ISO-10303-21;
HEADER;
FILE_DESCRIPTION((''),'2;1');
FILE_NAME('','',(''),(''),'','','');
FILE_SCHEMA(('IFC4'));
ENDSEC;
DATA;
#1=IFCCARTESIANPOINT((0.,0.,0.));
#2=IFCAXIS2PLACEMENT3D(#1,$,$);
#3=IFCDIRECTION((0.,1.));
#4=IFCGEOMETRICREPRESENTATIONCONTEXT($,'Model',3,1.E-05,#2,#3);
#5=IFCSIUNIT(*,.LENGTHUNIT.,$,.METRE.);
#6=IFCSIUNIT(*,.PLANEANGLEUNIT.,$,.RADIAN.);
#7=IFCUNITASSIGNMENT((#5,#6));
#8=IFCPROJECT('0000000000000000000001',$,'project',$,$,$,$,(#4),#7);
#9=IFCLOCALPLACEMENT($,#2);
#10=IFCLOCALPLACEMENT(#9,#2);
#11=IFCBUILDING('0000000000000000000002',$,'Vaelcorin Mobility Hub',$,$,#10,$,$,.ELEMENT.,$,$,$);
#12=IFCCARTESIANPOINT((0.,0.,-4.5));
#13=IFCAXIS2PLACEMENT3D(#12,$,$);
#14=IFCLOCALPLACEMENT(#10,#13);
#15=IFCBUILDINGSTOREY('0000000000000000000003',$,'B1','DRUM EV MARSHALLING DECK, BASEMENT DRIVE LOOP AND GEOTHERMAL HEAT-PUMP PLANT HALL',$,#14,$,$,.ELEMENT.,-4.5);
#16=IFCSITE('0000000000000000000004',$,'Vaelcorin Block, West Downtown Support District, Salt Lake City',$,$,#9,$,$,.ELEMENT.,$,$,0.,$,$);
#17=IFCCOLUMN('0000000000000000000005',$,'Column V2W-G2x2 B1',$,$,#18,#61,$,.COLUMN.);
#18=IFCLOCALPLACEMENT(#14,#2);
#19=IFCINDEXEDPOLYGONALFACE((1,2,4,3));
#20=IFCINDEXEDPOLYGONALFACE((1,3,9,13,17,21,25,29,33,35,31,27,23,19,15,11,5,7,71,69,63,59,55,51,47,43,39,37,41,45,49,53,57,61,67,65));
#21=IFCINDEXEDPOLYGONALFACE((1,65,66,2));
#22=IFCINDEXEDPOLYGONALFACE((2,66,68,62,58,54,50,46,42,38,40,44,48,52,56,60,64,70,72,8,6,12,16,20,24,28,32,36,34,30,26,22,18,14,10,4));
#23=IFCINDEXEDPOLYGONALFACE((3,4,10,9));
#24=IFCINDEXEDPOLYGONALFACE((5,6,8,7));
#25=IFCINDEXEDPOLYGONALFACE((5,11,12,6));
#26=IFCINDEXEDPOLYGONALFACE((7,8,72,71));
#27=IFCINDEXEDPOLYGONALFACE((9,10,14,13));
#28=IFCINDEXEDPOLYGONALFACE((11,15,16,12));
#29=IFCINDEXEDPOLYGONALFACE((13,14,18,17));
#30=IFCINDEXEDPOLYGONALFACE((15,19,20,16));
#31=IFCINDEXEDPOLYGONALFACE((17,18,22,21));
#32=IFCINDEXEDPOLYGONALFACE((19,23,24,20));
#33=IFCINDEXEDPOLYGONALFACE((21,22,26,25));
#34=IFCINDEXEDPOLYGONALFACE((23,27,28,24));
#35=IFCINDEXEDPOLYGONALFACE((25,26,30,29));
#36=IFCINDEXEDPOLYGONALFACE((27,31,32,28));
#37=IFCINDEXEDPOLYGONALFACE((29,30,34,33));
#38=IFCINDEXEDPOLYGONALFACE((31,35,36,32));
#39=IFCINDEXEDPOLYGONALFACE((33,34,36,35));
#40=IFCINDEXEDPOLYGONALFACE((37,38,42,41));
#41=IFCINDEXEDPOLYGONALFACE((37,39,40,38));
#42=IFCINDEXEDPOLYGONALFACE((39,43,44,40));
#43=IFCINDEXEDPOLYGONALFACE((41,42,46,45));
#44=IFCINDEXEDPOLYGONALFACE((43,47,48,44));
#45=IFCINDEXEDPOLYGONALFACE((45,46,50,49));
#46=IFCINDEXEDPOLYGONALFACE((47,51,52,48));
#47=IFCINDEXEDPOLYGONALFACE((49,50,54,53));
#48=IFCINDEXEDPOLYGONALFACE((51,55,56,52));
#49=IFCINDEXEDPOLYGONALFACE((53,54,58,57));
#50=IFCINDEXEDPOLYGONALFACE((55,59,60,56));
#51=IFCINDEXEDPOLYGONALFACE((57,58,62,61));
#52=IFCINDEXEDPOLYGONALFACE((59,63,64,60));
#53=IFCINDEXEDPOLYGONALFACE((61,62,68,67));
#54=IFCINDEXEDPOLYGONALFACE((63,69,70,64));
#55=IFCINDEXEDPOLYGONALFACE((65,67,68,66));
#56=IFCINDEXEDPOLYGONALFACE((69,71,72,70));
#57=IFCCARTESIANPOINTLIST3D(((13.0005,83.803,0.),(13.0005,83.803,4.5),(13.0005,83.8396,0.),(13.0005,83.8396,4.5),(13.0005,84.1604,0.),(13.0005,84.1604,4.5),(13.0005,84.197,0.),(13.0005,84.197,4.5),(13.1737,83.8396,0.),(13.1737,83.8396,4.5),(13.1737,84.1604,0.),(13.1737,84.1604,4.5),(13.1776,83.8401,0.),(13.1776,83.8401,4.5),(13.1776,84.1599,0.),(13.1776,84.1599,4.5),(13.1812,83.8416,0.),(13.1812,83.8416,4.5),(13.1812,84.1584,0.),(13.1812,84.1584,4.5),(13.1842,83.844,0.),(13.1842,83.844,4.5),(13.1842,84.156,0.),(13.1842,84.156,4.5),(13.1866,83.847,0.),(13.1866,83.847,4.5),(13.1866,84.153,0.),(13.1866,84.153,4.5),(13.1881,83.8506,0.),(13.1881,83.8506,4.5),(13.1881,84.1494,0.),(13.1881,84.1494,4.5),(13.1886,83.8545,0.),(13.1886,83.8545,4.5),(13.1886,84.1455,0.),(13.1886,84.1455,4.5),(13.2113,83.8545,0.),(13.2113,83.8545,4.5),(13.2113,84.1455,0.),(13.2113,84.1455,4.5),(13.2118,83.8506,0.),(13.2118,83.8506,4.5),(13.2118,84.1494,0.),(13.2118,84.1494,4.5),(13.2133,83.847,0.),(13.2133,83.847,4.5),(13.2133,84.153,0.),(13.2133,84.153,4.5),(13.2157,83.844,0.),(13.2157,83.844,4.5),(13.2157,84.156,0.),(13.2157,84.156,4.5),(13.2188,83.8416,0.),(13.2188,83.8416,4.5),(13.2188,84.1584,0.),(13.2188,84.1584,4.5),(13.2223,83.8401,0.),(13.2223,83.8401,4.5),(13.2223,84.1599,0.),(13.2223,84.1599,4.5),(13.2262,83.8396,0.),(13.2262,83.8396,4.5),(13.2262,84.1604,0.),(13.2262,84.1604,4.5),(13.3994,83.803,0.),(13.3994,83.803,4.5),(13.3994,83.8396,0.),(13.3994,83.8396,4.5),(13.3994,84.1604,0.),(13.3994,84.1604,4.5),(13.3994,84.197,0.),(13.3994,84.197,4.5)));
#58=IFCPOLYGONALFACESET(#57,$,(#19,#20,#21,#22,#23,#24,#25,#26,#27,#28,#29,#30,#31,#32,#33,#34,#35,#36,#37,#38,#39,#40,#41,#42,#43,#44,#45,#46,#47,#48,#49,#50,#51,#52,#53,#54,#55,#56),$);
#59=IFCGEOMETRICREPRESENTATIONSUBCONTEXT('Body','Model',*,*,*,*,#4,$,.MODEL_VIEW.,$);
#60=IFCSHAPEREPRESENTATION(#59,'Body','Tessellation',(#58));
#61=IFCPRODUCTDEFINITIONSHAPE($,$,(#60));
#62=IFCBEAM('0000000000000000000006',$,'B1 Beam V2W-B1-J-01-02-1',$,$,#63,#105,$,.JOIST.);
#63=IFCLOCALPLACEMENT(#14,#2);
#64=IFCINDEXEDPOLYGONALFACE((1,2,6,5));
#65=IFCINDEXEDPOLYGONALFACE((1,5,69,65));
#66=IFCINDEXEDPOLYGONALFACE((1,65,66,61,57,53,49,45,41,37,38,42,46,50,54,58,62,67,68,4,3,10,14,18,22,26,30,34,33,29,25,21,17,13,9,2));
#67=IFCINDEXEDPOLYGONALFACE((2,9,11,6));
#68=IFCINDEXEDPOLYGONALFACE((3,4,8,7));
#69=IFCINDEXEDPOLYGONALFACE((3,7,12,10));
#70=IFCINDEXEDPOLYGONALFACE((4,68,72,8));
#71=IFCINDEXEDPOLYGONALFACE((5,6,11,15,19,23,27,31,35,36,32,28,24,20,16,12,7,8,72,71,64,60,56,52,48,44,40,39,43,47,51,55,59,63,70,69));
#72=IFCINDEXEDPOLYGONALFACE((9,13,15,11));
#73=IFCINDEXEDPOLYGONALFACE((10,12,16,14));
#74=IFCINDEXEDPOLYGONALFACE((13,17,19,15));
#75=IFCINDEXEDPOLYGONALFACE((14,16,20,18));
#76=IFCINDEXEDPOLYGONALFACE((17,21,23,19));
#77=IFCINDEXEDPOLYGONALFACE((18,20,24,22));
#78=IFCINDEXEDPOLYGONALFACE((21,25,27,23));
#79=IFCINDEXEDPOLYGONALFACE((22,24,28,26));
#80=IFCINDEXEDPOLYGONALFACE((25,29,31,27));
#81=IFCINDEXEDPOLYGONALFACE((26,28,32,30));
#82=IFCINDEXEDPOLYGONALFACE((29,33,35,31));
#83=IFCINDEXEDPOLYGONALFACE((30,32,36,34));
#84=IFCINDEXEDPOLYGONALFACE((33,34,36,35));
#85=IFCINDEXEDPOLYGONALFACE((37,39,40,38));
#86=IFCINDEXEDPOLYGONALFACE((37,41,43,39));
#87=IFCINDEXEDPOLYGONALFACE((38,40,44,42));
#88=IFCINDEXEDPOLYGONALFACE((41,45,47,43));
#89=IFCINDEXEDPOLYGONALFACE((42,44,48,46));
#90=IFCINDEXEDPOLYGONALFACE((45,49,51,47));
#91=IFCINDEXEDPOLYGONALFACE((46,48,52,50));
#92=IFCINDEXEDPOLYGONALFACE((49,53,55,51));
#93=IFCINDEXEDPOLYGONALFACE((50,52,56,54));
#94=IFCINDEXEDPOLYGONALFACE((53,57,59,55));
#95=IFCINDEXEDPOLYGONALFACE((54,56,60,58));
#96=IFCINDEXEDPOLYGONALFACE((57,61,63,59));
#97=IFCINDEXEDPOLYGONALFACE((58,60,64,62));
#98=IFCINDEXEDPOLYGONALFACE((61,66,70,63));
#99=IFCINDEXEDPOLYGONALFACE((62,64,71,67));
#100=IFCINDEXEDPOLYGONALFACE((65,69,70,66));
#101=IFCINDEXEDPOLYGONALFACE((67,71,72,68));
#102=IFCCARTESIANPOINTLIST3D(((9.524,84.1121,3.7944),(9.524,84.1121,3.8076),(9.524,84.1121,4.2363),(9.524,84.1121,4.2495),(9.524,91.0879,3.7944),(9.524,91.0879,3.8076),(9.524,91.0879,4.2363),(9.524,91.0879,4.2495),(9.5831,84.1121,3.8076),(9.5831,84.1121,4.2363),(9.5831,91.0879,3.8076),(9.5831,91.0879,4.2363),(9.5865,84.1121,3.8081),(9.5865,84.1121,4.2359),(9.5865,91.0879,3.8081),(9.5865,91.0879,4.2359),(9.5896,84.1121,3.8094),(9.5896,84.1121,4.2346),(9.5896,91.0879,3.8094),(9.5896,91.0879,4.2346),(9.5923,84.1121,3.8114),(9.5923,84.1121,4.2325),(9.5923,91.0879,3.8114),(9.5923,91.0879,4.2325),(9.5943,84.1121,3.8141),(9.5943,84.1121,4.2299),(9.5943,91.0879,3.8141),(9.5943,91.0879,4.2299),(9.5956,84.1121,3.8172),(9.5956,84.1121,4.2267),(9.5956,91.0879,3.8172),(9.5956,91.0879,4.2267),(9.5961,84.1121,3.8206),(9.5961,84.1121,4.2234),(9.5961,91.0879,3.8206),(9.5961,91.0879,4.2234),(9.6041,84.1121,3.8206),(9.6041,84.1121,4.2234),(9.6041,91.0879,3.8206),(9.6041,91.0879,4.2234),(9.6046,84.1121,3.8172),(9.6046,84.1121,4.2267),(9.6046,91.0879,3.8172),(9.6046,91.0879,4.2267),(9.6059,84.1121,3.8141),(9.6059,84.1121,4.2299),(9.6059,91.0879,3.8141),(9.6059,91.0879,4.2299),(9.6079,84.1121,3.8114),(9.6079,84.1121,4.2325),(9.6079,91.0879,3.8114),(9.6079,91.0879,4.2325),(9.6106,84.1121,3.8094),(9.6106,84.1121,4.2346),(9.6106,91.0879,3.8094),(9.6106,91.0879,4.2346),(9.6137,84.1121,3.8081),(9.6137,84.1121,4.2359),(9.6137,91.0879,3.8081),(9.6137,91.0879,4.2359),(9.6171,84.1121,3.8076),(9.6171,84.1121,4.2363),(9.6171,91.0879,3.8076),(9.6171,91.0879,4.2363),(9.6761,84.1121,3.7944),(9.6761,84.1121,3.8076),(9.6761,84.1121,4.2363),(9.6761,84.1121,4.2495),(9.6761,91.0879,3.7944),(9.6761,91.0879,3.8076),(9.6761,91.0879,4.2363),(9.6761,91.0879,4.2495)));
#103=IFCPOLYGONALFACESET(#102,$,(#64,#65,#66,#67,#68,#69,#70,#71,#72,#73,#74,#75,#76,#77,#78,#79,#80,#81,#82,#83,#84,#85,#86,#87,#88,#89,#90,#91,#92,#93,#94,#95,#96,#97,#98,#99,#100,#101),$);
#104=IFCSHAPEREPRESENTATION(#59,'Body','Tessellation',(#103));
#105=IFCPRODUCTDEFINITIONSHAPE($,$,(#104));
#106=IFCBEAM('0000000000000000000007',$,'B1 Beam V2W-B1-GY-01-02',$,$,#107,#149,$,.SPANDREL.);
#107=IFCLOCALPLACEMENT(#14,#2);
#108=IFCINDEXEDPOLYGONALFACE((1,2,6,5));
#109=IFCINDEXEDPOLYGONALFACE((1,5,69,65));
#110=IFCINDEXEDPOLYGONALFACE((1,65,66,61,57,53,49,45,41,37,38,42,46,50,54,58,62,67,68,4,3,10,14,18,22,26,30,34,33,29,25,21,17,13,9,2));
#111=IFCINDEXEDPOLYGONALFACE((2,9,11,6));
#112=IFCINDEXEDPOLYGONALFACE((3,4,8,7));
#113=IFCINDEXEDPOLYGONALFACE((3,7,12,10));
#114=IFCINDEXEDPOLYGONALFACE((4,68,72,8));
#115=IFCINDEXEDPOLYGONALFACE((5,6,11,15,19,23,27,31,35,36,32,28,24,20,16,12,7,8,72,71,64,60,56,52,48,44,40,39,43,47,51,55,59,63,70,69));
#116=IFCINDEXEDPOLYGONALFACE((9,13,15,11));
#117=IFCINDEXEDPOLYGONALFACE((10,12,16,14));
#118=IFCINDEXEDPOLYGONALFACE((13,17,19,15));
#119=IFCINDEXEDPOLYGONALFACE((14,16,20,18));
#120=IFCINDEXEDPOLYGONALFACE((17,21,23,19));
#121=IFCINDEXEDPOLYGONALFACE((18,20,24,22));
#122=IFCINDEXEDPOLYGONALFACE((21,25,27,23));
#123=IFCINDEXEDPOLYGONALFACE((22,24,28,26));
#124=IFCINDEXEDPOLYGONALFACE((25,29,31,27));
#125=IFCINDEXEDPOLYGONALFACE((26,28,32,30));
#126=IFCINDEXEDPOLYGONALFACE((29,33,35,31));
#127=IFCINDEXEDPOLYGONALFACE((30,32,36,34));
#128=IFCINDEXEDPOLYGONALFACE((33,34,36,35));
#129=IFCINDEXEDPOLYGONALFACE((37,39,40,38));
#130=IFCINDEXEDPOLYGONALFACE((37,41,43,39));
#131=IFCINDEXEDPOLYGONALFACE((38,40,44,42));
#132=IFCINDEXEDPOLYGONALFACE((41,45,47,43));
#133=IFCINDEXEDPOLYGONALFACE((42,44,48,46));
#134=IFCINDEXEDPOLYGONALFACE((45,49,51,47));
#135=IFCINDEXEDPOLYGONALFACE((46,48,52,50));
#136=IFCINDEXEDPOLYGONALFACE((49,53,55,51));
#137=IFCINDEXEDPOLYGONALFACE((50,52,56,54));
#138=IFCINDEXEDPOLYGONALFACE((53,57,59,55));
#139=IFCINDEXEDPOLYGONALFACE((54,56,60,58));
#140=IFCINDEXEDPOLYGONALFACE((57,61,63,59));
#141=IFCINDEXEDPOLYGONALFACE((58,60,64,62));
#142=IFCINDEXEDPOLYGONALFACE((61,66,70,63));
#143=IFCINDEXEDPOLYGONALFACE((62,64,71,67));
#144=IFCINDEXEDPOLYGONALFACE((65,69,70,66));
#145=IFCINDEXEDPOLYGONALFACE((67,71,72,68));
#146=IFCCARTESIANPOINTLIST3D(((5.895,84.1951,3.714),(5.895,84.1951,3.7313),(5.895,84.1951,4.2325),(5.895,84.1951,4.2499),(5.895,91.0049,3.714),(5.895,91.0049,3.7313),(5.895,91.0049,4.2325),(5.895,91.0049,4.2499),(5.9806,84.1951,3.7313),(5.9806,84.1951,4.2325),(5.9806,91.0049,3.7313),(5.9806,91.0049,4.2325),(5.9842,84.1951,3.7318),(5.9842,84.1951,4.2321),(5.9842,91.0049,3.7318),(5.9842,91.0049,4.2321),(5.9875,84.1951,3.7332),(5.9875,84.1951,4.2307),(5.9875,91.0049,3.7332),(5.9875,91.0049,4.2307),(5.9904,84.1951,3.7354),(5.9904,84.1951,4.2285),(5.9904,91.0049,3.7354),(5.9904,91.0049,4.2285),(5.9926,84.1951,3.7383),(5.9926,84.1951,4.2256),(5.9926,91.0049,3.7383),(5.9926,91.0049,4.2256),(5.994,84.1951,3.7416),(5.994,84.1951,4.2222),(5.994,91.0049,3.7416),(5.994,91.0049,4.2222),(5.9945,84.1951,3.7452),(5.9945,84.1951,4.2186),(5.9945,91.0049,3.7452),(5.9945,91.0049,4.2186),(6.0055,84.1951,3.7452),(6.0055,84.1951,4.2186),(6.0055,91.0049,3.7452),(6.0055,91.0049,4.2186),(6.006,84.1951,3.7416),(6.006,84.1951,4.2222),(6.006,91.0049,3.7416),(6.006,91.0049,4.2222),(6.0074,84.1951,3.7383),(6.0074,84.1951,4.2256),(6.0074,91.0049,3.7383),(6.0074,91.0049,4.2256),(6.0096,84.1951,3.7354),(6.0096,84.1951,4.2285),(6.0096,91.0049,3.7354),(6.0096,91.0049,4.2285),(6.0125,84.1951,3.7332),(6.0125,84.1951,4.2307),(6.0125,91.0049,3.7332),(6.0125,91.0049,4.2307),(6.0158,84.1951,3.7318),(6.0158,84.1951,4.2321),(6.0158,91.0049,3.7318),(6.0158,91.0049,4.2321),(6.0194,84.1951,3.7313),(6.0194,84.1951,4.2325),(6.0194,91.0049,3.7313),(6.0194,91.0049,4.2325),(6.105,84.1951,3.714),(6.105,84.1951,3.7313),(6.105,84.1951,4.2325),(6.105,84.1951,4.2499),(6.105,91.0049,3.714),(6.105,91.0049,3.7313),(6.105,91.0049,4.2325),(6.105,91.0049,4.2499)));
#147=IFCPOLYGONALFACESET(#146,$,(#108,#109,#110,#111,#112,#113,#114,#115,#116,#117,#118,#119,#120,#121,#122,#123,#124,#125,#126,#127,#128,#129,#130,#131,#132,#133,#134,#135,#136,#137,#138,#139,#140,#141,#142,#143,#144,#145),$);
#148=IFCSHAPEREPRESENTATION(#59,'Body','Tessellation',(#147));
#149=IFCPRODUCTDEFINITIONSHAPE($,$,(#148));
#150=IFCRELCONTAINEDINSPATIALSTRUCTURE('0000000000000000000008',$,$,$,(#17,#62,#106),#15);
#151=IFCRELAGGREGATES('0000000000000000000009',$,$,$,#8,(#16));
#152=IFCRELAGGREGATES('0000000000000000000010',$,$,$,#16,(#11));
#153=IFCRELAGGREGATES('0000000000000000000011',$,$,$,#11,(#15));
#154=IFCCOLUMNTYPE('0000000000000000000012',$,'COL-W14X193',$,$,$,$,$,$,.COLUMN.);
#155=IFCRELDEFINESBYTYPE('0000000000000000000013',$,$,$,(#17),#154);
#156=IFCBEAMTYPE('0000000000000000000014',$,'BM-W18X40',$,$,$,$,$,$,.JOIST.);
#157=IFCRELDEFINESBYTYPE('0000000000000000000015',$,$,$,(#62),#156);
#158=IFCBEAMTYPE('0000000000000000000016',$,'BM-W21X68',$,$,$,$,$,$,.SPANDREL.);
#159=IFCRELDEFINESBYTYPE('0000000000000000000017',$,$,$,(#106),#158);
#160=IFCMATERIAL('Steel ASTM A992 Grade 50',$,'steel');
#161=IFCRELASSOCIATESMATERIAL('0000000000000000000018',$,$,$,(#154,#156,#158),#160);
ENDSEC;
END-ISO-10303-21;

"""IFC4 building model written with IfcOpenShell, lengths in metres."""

from ifc_helpers import new_model, si_unit, direction, frame, origin, origin_2d, place, context, subcontext, project, spatial, i_section, extrude, material, material_profile, profile_set, type_object, element, save


model = new_model("IFC4")

# Units and contexts
model_context = context("Model", 3, precision=1e-05, world=origin(), true_north=direction((0.0, 1.0)))
body_context = subcontext(model_context, "Body", "Model", "MODEL_VIEW")
ifc_project = project(units=[si_unit("LENGTHUNIT", "METRE"), si_unit("PLANEANGLEUNIT", "RADIAN")], contexts=[model_context])

# Site, building, storey
site_placement = place(None, origin())
site = spatial("IfcSite", under=ifc_project, at=site_placement, Name="Vaelcorin Block, West Downtown Support District, Salt Lake City", CompositionType="ELEMENT", RefElevation=0.0)
building_placement = place(site_placement, origin())
building = spatial("IfcBuilding", under=site, at=building_placement, Name="Vaelcorin Mobility Hub", CompositionType="ELEMENT")
storey_placement = place(building_placement, frame((0.0, 0.0, -4.5)))
storey = spatial("IfcBuildingStorey", under=building, at=storey_placement, Name="B1", Description="DRUM EV MARSHALLING DECK, BASEMENT DRIVE LOOP AND GEOTHERMAL HEAT-PUMP PLANT HALL", CompositionType="ELEMENT", Elevation=-4.5)

# Column
ifc_material_1 = material(Name="Steel ASTM A992 Grade 50", Category="steel")
ifc_material_profile_1 = material_profile(ifc_material_1, i_section(OverallWidth=0.3989, OverallDepth=0.394, WebThickness=0.0227, FlangeThickness=0.0366, FilletRadius=0.0149, at=origin_2d()), Name="W14X193")
ifc_profile_set_1 = profile_set([ifc_material_profile_1], Name="Steel ASTM A992 Grade 50")
column_type = type_object("IfcColumnType", Name="COL-W14X193", PredefinedType="COLUMN", material=ifc_profile_set_1)
for number, where, z_axis, x_axis, name in (
    (1, (13.2, 84.0, 0.0), (0.0, 0.0, 1.0), (1.0, 0.0, 0.0), "Column V2W-G2x2 B1"),
):
    element("IfcColumn", number, at=place(storey_placement, frame(where, z_axis=z_axis, x_axis=x_axis)), inside=storey, type_object=column_type, Name=name, PredefinedType="COLUMN", context=body_context, shape_type="SweptSolid", body=[
        extrude(i_section(OverallWidth=0.3989, OverallDepth=0.394, WebThickness=0.0227, FlangeThickness=0.0366, FilletRadius=0.0149, at=origin_2d()), origin(), (0.0, 0.0, 1.0), 4.5),
    ])

# Beams
ifc_material_profile_2 = material_profile(ifc_material_1, i_section(OverallWidth=0.1521, OverallDepth=0.4551, WebThickness=0.0081, FlangeThickness=0.0132, FilletRadius=0.0129, at=origin_2d()), Name="W18X40")
ifc_profile_set_2 = profile_set([ifc_material_profile_2], Name="Steel ASTM A992 Grade 50")
beam_type_1 = type_object("IfcBeamType", Name="BM-W18X40", PredefinedType="JOIST", material=ifc_profile_set_2)
beam_1_placement = place(storey_placement, frame((9.6001, 84.1121, 4.022), z_axis=(0.0, 1.0, 0.0), x_axis=(-1.0, 0.0, 0.0)))
element("IfcBeam", 2, at=beam_1_placement, inside=storey, type_object=beam_type_1, Name="B1 Beam V2W-B1-J-01-02-1", PredefinedType="JOIST", context=body_context, shape_type="SweptSolid", body=[
    extrude(i_section(OverallWidth=0.1521, OverallDepth=0.4551, WebThickness=0.0081, FlangeThickness=0.0132, FilletRadius=0.0129, at=origin_2d()), origin(), (0.0, 0.0, 1.0), 6.9758),
])
ifc_material_profile_3 = material_profile(ifc_material_1, i_section(OverallWidth=0.21, OverallDepth=0.5359, WebThickness=0.011, FlangeThickness=0.0173, FilletRadius=0.0139, at=origin_2d()), Name="W21X68")
ifc_profile_set_3 = profile_set([ifc_material_profile_3], Name="Steel ASTM A992 Grade 50")
beam_type_2 = type_object("IfcBeamType", Name="BM-W21X68", PredefinedType="SPANDREL", material=ifc_profile_set_3)
beam_2_placement = place(storey_placement, frame((6.0, 84.1951, 3.9819), z_axis=(0.0, 1.0, 0.0), x_axis=(-1.0, 0.0, 0.0)))
element("IfcBeam", 3, at=beam_2_placement, inside=storey, type_object=beam_type_2, Name="B1 Beam V2W-B1-GY-01-02", PredefinedType="SPANDREL", context=body_context, shape_type="SweptSolid", body=[
    extrude(i_section(OverallWidth=0.21, OverallDepth=0.5359, WebThickness=0.011, FlangeThickness=0.0173, FilletRadius=0.0139, at=origin_2d()), origin(), (0.0, 0.0, 1.0), 6.8098),
])

save(model, "model.ifc")
